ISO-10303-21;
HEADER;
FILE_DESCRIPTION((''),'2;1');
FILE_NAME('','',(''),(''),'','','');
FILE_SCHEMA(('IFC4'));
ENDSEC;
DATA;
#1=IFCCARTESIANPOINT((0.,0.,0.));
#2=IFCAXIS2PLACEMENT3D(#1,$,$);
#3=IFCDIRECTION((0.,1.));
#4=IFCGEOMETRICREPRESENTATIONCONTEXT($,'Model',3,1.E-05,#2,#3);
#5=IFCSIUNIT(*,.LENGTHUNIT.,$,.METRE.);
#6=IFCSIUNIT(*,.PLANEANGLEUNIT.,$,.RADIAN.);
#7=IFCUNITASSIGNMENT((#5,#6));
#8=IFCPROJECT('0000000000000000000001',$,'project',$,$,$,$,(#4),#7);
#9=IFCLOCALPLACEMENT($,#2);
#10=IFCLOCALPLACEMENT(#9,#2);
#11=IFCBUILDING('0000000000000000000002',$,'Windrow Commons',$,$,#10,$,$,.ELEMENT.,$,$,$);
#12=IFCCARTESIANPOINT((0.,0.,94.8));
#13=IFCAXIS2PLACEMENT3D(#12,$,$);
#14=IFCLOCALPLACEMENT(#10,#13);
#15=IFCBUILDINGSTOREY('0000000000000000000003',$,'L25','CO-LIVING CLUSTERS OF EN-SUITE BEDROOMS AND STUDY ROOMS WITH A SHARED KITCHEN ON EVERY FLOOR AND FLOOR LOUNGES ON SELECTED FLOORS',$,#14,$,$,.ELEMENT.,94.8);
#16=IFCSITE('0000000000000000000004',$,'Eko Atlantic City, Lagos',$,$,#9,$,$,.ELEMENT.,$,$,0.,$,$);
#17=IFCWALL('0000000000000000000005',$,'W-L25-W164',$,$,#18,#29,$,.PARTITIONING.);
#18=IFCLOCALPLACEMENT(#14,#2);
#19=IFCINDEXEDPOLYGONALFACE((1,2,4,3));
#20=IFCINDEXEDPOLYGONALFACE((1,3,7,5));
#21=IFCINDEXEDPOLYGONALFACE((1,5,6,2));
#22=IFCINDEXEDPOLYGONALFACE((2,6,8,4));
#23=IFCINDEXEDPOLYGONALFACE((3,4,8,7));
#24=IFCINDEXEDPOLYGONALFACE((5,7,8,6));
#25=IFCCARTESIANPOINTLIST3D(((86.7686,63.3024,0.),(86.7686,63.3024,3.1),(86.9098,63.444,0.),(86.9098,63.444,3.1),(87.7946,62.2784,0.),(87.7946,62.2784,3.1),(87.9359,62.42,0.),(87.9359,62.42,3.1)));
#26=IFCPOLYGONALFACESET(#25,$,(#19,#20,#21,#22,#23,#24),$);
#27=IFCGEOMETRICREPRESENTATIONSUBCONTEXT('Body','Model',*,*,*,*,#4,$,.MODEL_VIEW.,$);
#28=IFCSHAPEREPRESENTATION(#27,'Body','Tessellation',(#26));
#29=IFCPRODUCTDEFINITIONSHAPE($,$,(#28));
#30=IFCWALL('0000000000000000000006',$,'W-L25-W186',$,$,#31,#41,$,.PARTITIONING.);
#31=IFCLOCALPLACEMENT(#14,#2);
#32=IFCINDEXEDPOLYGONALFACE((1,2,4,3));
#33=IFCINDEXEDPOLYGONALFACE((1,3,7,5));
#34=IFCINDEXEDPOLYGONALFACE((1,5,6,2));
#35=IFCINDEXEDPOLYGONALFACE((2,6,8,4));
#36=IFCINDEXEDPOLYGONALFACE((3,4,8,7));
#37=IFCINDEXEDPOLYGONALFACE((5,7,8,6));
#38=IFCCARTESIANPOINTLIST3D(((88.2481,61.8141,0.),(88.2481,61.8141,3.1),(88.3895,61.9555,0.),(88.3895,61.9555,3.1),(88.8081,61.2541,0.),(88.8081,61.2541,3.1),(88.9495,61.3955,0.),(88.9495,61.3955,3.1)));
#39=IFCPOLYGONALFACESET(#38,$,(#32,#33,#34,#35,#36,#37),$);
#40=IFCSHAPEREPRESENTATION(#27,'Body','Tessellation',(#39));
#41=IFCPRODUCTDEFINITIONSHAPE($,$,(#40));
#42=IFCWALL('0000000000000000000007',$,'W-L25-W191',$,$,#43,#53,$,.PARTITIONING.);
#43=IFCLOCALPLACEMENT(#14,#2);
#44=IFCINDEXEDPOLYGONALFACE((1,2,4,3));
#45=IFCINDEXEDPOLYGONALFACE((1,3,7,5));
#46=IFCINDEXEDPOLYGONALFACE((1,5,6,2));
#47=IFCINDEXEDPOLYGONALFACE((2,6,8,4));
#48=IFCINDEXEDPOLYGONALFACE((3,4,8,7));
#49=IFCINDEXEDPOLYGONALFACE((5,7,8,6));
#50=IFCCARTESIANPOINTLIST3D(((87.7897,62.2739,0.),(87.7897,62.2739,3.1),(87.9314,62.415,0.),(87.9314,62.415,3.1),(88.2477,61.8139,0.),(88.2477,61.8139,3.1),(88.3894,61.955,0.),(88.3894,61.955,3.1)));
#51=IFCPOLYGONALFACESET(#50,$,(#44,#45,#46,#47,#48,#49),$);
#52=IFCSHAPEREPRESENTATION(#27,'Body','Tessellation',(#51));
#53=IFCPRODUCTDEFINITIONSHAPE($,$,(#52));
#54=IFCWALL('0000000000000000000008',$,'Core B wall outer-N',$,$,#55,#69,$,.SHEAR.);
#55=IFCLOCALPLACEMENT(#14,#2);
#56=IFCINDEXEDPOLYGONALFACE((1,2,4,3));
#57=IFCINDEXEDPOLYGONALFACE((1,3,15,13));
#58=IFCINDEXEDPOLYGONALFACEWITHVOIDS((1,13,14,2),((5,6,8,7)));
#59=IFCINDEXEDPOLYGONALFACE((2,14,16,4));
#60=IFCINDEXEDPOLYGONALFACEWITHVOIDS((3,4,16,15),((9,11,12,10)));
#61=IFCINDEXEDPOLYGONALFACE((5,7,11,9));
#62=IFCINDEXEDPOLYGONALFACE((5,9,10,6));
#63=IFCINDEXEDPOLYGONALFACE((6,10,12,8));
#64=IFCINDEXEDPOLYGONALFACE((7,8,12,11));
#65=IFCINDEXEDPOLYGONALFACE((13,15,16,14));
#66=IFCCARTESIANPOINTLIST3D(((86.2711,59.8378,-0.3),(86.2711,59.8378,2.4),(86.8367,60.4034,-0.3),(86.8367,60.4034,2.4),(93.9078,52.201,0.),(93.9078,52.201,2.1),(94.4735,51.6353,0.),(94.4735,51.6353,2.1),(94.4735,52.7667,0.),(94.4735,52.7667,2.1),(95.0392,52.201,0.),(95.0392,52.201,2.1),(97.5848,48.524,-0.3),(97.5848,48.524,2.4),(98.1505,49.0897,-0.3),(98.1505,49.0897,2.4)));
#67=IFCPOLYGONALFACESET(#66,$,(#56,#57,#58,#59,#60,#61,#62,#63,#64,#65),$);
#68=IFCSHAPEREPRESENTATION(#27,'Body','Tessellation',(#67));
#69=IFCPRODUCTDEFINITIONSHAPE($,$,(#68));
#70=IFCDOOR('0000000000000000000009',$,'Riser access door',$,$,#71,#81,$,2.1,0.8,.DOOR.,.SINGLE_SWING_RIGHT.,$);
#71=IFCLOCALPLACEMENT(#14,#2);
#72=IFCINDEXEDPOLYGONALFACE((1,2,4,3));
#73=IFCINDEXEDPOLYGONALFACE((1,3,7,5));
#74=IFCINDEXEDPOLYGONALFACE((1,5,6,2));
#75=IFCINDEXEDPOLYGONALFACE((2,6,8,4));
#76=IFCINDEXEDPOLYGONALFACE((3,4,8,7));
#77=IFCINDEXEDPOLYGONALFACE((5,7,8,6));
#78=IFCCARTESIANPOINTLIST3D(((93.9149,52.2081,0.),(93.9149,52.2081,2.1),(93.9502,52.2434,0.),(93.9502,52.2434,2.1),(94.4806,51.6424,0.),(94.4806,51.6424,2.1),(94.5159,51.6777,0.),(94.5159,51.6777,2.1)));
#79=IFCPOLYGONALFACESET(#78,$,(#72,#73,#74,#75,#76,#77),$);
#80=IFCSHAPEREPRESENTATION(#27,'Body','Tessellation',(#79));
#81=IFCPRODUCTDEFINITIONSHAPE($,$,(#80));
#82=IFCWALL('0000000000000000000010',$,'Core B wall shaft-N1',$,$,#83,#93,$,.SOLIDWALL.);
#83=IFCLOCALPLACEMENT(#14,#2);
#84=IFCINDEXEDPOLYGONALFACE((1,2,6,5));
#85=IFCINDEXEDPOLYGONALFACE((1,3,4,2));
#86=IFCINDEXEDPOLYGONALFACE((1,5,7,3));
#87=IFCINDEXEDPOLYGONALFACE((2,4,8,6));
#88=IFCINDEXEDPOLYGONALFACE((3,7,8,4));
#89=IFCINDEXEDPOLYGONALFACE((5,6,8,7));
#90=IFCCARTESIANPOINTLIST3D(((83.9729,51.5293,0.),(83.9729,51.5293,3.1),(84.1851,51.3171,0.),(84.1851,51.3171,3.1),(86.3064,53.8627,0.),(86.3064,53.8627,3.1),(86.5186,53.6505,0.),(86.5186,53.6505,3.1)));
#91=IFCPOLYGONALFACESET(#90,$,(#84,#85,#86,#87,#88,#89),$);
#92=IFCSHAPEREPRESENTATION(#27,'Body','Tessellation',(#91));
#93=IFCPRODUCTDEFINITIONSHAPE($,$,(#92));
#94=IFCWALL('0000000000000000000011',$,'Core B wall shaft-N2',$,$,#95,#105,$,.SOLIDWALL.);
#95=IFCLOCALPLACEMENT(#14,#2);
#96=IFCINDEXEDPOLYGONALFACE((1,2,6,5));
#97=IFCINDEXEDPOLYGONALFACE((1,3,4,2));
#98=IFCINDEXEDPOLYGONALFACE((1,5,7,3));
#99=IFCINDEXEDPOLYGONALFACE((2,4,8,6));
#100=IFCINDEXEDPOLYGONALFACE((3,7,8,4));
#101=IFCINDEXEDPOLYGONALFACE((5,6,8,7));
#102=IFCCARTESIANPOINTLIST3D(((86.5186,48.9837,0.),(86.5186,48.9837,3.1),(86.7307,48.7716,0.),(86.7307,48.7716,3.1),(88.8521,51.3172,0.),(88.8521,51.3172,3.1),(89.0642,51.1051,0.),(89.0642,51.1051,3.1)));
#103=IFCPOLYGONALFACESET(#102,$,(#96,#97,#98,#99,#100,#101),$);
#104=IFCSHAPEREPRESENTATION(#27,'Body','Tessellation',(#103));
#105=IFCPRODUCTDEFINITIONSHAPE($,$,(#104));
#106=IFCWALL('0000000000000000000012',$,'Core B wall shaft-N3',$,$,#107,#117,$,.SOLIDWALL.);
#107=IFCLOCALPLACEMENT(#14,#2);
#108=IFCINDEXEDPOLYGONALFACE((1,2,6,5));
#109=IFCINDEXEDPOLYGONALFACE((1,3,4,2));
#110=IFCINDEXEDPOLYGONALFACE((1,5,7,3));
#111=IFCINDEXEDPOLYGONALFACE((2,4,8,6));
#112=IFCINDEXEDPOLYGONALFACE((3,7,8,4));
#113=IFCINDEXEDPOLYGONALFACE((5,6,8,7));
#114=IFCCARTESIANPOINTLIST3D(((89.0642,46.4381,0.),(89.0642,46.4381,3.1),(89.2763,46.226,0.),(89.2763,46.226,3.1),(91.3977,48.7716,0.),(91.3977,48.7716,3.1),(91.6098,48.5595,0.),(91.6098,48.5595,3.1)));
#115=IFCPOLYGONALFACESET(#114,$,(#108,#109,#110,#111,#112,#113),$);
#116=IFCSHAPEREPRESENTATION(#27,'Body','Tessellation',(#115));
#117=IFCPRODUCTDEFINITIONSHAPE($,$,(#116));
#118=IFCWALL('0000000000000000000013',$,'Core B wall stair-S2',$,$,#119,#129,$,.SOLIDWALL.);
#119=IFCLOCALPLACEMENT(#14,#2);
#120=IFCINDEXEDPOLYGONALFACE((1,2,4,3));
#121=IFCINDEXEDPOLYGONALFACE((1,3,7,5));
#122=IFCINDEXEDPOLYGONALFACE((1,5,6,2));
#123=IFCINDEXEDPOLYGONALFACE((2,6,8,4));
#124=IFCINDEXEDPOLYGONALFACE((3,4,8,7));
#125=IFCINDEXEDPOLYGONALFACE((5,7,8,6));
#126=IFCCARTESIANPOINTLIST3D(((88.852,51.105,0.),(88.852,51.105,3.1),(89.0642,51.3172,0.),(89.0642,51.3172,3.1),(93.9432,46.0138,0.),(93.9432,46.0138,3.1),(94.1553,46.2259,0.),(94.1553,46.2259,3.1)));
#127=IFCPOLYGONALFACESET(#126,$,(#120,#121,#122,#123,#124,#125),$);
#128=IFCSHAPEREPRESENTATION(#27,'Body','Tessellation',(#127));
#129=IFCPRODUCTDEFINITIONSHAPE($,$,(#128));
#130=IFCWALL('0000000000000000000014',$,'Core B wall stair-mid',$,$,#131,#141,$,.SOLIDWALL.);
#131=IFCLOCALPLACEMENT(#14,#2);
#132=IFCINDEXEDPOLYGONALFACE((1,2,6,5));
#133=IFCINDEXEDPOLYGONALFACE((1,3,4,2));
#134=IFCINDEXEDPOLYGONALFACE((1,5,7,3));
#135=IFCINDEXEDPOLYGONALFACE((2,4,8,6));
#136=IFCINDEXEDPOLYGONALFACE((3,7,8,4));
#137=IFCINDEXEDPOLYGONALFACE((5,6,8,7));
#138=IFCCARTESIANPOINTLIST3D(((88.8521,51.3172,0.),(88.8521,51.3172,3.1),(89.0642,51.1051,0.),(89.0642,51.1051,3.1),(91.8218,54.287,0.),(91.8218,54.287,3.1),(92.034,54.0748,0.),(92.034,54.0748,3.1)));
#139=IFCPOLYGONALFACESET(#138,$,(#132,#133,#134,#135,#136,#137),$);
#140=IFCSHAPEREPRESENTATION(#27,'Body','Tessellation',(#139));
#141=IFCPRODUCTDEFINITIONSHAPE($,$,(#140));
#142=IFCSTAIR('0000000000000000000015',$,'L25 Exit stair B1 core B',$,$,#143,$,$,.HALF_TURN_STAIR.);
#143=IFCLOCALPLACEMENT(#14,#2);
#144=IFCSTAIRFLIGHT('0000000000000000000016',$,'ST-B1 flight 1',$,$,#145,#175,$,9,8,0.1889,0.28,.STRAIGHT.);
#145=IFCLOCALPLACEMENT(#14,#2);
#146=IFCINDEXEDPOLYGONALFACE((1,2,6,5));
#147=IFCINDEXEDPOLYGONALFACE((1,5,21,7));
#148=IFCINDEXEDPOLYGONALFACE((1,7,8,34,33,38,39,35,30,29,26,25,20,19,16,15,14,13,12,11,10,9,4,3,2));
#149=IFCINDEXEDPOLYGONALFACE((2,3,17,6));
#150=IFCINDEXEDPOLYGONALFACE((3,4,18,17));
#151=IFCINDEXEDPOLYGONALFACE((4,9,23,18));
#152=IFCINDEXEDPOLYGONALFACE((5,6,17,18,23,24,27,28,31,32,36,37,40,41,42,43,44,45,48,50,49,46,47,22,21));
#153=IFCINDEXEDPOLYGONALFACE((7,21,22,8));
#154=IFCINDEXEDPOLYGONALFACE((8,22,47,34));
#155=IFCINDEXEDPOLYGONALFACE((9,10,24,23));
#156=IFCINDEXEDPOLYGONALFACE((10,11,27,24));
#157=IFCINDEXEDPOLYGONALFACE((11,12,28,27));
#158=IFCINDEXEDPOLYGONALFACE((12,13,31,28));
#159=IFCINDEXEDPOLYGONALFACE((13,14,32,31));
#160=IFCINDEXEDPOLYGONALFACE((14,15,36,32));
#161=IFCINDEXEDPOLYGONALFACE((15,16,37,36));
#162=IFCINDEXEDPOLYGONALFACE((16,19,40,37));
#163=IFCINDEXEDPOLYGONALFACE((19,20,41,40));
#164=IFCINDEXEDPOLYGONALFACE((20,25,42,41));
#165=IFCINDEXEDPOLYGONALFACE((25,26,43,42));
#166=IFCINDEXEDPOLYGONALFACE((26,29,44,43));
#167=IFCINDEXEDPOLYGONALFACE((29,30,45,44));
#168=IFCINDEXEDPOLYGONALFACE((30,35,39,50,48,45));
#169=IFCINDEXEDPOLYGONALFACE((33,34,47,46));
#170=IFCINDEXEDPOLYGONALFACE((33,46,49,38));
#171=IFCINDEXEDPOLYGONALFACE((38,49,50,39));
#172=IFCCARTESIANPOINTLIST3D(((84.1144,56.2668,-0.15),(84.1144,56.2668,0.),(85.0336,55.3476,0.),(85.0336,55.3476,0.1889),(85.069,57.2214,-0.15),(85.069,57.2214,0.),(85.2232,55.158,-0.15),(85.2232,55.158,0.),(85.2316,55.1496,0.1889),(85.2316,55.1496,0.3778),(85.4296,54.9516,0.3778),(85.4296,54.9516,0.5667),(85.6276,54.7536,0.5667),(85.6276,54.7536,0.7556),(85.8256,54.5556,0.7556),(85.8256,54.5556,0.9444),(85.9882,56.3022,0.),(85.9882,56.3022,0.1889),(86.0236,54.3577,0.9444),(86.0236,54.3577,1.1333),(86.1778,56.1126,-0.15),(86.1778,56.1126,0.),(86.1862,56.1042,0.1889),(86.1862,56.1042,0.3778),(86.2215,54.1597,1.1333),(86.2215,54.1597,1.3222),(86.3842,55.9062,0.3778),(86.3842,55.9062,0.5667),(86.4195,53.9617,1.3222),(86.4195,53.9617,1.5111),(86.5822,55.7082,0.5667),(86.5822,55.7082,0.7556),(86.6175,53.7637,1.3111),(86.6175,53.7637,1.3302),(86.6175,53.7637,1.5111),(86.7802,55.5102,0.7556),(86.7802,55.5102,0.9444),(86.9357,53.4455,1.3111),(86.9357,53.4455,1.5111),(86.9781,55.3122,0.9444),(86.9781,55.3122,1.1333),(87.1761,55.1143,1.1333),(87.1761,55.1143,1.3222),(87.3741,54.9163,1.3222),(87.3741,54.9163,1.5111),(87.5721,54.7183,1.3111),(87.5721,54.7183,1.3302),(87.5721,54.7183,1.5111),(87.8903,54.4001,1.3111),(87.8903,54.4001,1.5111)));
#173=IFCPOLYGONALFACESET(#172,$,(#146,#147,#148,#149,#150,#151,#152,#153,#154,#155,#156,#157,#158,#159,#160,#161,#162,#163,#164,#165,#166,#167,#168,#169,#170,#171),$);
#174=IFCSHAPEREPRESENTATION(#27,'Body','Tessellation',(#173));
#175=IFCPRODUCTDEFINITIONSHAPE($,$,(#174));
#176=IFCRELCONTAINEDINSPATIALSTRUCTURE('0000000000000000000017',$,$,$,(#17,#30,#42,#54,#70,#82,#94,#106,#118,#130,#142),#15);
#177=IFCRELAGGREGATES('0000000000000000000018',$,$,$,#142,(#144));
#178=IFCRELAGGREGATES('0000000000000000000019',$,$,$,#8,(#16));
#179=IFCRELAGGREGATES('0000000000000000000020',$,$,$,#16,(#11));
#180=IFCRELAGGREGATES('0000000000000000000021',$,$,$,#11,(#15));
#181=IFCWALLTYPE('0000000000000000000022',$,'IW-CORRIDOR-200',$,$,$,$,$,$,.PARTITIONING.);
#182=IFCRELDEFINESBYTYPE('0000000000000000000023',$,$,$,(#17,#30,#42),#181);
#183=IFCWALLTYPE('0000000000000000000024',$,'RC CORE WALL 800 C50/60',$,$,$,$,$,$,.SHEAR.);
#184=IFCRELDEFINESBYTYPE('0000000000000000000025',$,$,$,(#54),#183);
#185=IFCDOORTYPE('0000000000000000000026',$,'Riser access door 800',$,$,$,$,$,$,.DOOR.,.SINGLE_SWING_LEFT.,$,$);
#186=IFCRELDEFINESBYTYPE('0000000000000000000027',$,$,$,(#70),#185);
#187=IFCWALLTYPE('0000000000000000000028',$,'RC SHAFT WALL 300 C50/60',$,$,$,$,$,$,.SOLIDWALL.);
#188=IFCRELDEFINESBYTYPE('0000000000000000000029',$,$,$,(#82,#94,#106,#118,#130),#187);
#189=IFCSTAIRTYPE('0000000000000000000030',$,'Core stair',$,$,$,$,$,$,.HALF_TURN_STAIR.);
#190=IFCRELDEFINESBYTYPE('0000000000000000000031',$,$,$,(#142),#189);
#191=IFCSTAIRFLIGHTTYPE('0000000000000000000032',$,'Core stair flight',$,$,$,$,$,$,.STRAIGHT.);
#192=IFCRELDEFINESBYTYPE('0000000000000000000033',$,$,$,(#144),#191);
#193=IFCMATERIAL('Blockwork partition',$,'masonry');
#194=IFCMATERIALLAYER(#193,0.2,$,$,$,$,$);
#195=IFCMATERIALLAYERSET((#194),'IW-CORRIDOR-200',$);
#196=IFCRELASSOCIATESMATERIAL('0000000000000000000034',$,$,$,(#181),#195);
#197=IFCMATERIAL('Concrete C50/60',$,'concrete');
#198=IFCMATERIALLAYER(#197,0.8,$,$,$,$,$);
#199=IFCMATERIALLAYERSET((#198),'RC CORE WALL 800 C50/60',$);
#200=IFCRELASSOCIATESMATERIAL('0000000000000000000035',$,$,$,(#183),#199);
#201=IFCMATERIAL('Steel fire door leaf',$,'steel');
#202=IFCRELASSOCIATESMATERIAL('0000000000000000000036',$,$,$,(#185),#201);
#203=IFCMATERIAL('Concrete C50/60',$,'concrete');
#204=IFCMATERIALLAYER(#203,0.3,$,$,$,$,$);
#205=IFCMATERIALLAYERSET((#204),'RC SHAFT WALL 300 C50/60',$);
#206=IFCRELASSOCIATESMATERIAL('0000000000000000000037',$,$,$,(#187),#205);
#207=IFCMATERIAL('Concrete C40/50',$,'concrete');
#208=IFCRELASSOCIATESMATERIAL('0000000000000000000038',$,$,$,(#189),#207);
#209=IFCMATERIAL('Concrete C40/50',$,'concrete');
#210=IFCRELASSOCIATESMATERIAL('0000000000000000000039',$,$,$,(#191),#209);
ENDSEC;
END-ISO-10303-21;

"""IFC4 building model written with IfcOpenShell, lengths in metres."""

from ifc_helpers import new_model, si_unit, direction, frame, frame_2d, origin, place, context, subcontext, project, spatial, polyline, rectangle, outline, extrude, material, layer, layer_set, type_object, element, fill, aggregate, save


model = new_model("IFC4")

# Units and contexts
model_context = context("Model", 3, precision=1e-05, world=origin(), true_north=direction((0.0, 1.0)))
body_context = subcontext(model_context, "Body", "Model", "MODEL_VIEW")
ifc_project = project(units=[si_unit("LENGTHUNIT", "METRE"), si_unit("PLANEANGLEUNIT", "RADIAN")], contexts=[model_context])

# Site, building, storey
site_placement = place(None, origin())
site = spatial("IfcSite", under=ifc_project, at=site_placement, Name="Eko Atlantic City, Lagos", CompositionType="ELEMENT", RefElevation=0.0)
building_placement = place(site_placement, origin())
building = spatial("IfcBuilding", under=site, at=building_placement, Name="Windrow Commons", CompositionType="ELEMENT")
storey_placement = place(building_placement, frame((0.0, 0.0, 94.8)))
storey = spatial("IfcBuildingStorey", under=building, at=storey_placement, Name="L25", Description="CO-LIVING CLUSTERS OF EN-SUITE BEDROOMS AND STUDY ROOMS WITH A SHARED KITCHEN ON EVERY FLOOR AND FLOOR LOUNGES ON SELECTED FLOORS", CompositionType="ELEMENT", Elevation=94.8)

# Walls
ifc_material_1 = material(Name="Blockwork partition", Category="masonry")
ifc_layer_1 = layer(ifc_material_1, 0.2)
ifc_layer_set_1 = layer_set([ifc_layer_1], Name="IW-CORRIDOR-200")
wall_type_1 = type_object("IfcWallType", Name="IW-CORRIDOR-200", PredefinedType="PARTITIONING", material=ifc_layer_set_1)
wall_1_placement = place(storey_placement, frame((86.8392, 63.3732, 0.0), z_axis=(0.0, 0.0, 1.0), x_axis=(0.707796, -0.706417, 0.0)))
element("IfcWall", 1, at=wall_1_placement, inside=storey, type_object=wall_type_1, Name="W-L25-W164", PredefinedType="PARTITIONING", context=body_context, shape_type="SweptSolid", body=[
    extrude(rectangle(XDim=1.4496, YDim=0.2, at=frame_2d((0.7248, 0.0))), origin(), (0.0, 0.0, 1.0), 3.1),
])
wall_2_placement = place(storey_placement, frame((88.3188, 61.8848, 0.0), z_axis=(0.0, 0.0, 1.0), x_axis=(0.707107, -0.707107, 0.0)))
element("IfcWall", 2, at=wall_2_placement, inside=storey, type_object=wall_type_1, Name="W-L25-W186", PredefinedType="PARTITIONING", context=body_context, shape_type="SweptSolid", body=[
    extrude(rectangle(XDim=0.792, YDim=0.2, at=frame_2d((0.396, 0.0))), origin(), (0.0, 0.0, 1.0), 3.1),
])
wall_3_placement = place(storey_placement, frame((87.8605, 62.3445, 0.0), z_axis=(0.0, 0.0, 1.0), x_axis=(0.705565, -0.708646, 0.0)))
element("IfcWall", 3, at=wall_3_placement, inside=storey, type_object=wall_type_1, Name="W-L25-W191", PredefinedType="PARTITIONING", context=body_context, shape_type="SweptSolid", body=[
    extrude(rectangle(XDim=0.6491, YDim=0.2, at=frame_2d((0.3246, 0.0))), origin(), (0.0, 0.0, 1.0), 3.1),
])

# Wall, opening, door
ifc_material_2 = material(Name="Concrete C50/60", Category="concrete")
ifc_layer_2 = layer(ifc_material_2, 0.8)
ifc_layer_set_2 = layer_set([ifc_layer_2], Name="RC CORE WALL 800 C50/60")
wall_type_2 = type_object("IfcWallType", Name="RC CORE WALL 800 C50/60", PredefinedType="SHEAR", material=ifc_layer_set_2)
wall_4_placement = place(storey_placement, frame((86.5539, 60.1206, -0.3), z_axis=(0.0, 0.0, 1.0), x_axis=(0.707107, -0.707107, 0.0)))
wall_4 = element("IfcWall", 4, at=wall_4_placement, inside=storey, type_object=wall_type_2, Name="Core B wall outer-N", PredefinedType="SHEAR", context=body_context, shape_type="SweptSolid", body=[
    extrude(rectangle(XDim=16.0, YDim=0.8, at=frame_2d((8.0, 0.0))), origin(), (0.0, 0.0, 1.0), 2.7),
])
opening_1_placement = place(wall_4_placement, frame((10.8, 0.0, 0.3)))
opening_1 = element("IfcOpeningElement", 5, at=opening_1_placement, cuts=wall_4, PredefinedType="OPENING", context=body_context, shape_type="SweptSolid", body=[
    extrude(rectangle(XDim=0.8, YDim=2.1, at=frame_2d((0.4, 1.05))), frame((0.0, 0.41, 0.0), z_axis=(0.0, -1.0, 0.0), x_axis=(1.0, 0.0, 0.0)), (0.0, 0.0, 1.0), 0.82),
])
ifc_material_3 = material(Name="Steel fire door leaf", Category="steel")
door_type = type_object("IfcDoorType", Name="Riser access door 800", OperationType="SINGLE_SWING_LEFT", PredefinedType="DOOR", material=ifc_material_3)
door_placement = place(opening_1_placement, origin())
door = element("IfcDoor", 6, at=door_placement, inside=storey, type_object=door_type, Name="Riser access door", OperationType="SINGLE_SWING_RIGHT", OverallHeight=2.1, OverallWidth=0.8, PredefinedType="DOOR", context=body_context, shape_type="SweptSolid", body=[
    extrude(rectangle(XDim=0.8, YDim=2.1, at=frame_2d((0.4, 1.05))), frame((0.0, -0.34, 0.0), z_axis=(0.0, -1.0, 0.0), x_axis=(1.0, 0.0, 0.0)), (0.0, 0.0, 1.0), 0.05),
])
fill(opening_1, door)

# Walls
ifc_material_4 = material(Name="Concrete C50/60", Category="concrete")
ifc_layer_3 = layer(ifc_material_4, 0.3)
ifc_layer_set_3 = layer_set([ifc_layer_3], Name="RC SHAFT WALL 300 C50/60")
wall_type_3 = type_object("IfcWallType", Name="RC SHAFT WALL 300 C50/60", PredefinedType="SOLIDWALL", material=ifc_layer_set_3)
wall_5_placement = place(storey_placement, frame((84.079, 51.4232, 0.0), z_axis=(0.0, 0.0, 1.0), x_axis=(0.707122, 0.707092, 0.0)))
element("IfcWall", 7, at=wall_5_placement, inside=storey, type_object=wall_type_3, Name="Core B wall shaft-N1", PredefinedType="SOLIDWALL", context=body_context, shape_type="SweptSolid", body=[
    extrude(rectangle(XDim=3.3, YDim=0.3, at=frame_2d((1.65, 0.0))), origin(), (0.0, 0.0, 1.0), 3.1),
])
for number, where, z_axis, x_axis, name in (
    (8, (86.6246, 48.8776, 0.0), (0.0, 0.0, 1.0), (0.707107, 0.707107, 0.0), "Core B wall shaft-N2"),
    (9, (89.1702, 46.332, 0.0), (0.0, 0.0, 1.0), (0.707107, 0.707107, 0.0), "Core B wall shaft-N3"),
):
    element("IfcWall", number, at=place(storey_placement, frame(where, z_axis=z_axis, x_axis=x_axis)), inside=storey, type_object=wall_type_3, Name=name, PredefinedType="SOLIDWALL", context=body_context, shape_type="SweptSolid", body=[
        extrude(rectangle(XDim=3.3001, YDim=0.3, at=frame_2d((1.6501, 0.0))), origin(), (0.0, 0.0, 1.0), 3.1),
    ])
wall_6_placement = place(storey_placement, frame((88.9581, 51.2111, 0.0), z_axis=(0.0, 0.0, 1.0), x_axis=(0.7071, -0.707114, 0.0)))
element("IfcWall", 10, at=wall_6_placement, inside=storey, type_object=wall_type_3, Name="Core B wall stair-S2", PredefinedType="SOLIDWALL", context=body_context, shape_type="SweptSolid", body=[
    extrude(rectangle(XDim=7.2, YDim=0.3, at=frame_2d((3.6, 0.0))), origin(), (0.0, 0.0, 1.0), 3.1),
])
wall_7_placement = place(storey_placement, frame((88.9581, 51.2111, 0.0), z_axis=(0.0, 0.0, 1.0), x_axis=(0.707107, 0.707107, 0.0)))
element("IfcWall", 11, at=wall_7_placement, inside=storey, type_object=wall_type_3, Name="Core B wall stair-mid", PredefinedType="SOLIDWALL", context=body_context, shape_type="SweptSolid", body=[
    extrude(rectangle(XDim=4.1999, YDim=0.3, at=frame_2d((2.1, 0.0))), origin(), (0.0, 0.0, 1.0), 3.1),
])

# Stair, stair flight
ifc_material_5 = material(Name="Concrete C40/50", Category="concrete")
stair_type = type_object("IfcStairType", Name="Core stair", PredefinedType="HALF_TURN_STAIR", material=ifc_material_5)
stair_placement = place(storey_placement, origin())
stair = element("IfcStair", 12, at=stair_placement, inside=storey, type_object=stair_type, Name="L25 Exit stair B1 core B", PredefinedType="HALF_TURN_STAIR")
ifc_material_6 = material(Name="Concrete C40/50", Category="concrete")
stair_flight_type = type_object("IfcStairFlightType", Name="Core stair flight", PredefinedType="STRAIGHT", material=ifc_material_6)
stair_flight_1_placement = place(storey_placement, frame((85.5109, 55.8249, 0.0), z_axis=(0.0, 0.0, 1.0), x_axis=(0.707107, -0.707107, 0.0)))
stair_flight_1 = element("IfcStairFlight", 13, at=stair_flight_1_placement, type_object=stair_flight_type, Name="ST-B1 flight 1", NumberOfRisers=9, NumberOfTreads=8, PredefinedType="STRAIGHT", RiserHeight=0.1889, TreadLength=0.28, context=body_context, shape_type="SweptSolid", body=[
    extrude(outline(polyline([(-1.3, -0.15), (-1.3, 0.0), (0.0, 0.0), (0.0, 0.1889), (0.28, 0.1889), (0.28, 0.3778), (0.56, 0.3778), (0.56, 0.5667), (0.84, 0.5667), (0.84, 0.7556), (1.12, 0.7556), (1.12, 0.9444), (1.4, 0.9444), (1.4, 1.1333), (1.68, 1.1333), (1.68, 1.3222), (1.96, 1.3222), (1.96, 1.5111), (2.24, 1.5111), (2.69, 1.5111), (2.69, 1.3111), (2.24, 1.3111), (2.24, 1.3302), (0.2682, 0.0), (0.2682, -0.15), (-1.3, -0.15)])), frame((0.0, 0.675, 0.0), z_axis=(0.0, -1.0, 0.0), x_axis=(1.0, 0.0, 0.0)), (0.0, 0.0, 1.0), 1.35),
])
aggregate(stair, [stair_flight_1])

save(model, "model.ifc")
